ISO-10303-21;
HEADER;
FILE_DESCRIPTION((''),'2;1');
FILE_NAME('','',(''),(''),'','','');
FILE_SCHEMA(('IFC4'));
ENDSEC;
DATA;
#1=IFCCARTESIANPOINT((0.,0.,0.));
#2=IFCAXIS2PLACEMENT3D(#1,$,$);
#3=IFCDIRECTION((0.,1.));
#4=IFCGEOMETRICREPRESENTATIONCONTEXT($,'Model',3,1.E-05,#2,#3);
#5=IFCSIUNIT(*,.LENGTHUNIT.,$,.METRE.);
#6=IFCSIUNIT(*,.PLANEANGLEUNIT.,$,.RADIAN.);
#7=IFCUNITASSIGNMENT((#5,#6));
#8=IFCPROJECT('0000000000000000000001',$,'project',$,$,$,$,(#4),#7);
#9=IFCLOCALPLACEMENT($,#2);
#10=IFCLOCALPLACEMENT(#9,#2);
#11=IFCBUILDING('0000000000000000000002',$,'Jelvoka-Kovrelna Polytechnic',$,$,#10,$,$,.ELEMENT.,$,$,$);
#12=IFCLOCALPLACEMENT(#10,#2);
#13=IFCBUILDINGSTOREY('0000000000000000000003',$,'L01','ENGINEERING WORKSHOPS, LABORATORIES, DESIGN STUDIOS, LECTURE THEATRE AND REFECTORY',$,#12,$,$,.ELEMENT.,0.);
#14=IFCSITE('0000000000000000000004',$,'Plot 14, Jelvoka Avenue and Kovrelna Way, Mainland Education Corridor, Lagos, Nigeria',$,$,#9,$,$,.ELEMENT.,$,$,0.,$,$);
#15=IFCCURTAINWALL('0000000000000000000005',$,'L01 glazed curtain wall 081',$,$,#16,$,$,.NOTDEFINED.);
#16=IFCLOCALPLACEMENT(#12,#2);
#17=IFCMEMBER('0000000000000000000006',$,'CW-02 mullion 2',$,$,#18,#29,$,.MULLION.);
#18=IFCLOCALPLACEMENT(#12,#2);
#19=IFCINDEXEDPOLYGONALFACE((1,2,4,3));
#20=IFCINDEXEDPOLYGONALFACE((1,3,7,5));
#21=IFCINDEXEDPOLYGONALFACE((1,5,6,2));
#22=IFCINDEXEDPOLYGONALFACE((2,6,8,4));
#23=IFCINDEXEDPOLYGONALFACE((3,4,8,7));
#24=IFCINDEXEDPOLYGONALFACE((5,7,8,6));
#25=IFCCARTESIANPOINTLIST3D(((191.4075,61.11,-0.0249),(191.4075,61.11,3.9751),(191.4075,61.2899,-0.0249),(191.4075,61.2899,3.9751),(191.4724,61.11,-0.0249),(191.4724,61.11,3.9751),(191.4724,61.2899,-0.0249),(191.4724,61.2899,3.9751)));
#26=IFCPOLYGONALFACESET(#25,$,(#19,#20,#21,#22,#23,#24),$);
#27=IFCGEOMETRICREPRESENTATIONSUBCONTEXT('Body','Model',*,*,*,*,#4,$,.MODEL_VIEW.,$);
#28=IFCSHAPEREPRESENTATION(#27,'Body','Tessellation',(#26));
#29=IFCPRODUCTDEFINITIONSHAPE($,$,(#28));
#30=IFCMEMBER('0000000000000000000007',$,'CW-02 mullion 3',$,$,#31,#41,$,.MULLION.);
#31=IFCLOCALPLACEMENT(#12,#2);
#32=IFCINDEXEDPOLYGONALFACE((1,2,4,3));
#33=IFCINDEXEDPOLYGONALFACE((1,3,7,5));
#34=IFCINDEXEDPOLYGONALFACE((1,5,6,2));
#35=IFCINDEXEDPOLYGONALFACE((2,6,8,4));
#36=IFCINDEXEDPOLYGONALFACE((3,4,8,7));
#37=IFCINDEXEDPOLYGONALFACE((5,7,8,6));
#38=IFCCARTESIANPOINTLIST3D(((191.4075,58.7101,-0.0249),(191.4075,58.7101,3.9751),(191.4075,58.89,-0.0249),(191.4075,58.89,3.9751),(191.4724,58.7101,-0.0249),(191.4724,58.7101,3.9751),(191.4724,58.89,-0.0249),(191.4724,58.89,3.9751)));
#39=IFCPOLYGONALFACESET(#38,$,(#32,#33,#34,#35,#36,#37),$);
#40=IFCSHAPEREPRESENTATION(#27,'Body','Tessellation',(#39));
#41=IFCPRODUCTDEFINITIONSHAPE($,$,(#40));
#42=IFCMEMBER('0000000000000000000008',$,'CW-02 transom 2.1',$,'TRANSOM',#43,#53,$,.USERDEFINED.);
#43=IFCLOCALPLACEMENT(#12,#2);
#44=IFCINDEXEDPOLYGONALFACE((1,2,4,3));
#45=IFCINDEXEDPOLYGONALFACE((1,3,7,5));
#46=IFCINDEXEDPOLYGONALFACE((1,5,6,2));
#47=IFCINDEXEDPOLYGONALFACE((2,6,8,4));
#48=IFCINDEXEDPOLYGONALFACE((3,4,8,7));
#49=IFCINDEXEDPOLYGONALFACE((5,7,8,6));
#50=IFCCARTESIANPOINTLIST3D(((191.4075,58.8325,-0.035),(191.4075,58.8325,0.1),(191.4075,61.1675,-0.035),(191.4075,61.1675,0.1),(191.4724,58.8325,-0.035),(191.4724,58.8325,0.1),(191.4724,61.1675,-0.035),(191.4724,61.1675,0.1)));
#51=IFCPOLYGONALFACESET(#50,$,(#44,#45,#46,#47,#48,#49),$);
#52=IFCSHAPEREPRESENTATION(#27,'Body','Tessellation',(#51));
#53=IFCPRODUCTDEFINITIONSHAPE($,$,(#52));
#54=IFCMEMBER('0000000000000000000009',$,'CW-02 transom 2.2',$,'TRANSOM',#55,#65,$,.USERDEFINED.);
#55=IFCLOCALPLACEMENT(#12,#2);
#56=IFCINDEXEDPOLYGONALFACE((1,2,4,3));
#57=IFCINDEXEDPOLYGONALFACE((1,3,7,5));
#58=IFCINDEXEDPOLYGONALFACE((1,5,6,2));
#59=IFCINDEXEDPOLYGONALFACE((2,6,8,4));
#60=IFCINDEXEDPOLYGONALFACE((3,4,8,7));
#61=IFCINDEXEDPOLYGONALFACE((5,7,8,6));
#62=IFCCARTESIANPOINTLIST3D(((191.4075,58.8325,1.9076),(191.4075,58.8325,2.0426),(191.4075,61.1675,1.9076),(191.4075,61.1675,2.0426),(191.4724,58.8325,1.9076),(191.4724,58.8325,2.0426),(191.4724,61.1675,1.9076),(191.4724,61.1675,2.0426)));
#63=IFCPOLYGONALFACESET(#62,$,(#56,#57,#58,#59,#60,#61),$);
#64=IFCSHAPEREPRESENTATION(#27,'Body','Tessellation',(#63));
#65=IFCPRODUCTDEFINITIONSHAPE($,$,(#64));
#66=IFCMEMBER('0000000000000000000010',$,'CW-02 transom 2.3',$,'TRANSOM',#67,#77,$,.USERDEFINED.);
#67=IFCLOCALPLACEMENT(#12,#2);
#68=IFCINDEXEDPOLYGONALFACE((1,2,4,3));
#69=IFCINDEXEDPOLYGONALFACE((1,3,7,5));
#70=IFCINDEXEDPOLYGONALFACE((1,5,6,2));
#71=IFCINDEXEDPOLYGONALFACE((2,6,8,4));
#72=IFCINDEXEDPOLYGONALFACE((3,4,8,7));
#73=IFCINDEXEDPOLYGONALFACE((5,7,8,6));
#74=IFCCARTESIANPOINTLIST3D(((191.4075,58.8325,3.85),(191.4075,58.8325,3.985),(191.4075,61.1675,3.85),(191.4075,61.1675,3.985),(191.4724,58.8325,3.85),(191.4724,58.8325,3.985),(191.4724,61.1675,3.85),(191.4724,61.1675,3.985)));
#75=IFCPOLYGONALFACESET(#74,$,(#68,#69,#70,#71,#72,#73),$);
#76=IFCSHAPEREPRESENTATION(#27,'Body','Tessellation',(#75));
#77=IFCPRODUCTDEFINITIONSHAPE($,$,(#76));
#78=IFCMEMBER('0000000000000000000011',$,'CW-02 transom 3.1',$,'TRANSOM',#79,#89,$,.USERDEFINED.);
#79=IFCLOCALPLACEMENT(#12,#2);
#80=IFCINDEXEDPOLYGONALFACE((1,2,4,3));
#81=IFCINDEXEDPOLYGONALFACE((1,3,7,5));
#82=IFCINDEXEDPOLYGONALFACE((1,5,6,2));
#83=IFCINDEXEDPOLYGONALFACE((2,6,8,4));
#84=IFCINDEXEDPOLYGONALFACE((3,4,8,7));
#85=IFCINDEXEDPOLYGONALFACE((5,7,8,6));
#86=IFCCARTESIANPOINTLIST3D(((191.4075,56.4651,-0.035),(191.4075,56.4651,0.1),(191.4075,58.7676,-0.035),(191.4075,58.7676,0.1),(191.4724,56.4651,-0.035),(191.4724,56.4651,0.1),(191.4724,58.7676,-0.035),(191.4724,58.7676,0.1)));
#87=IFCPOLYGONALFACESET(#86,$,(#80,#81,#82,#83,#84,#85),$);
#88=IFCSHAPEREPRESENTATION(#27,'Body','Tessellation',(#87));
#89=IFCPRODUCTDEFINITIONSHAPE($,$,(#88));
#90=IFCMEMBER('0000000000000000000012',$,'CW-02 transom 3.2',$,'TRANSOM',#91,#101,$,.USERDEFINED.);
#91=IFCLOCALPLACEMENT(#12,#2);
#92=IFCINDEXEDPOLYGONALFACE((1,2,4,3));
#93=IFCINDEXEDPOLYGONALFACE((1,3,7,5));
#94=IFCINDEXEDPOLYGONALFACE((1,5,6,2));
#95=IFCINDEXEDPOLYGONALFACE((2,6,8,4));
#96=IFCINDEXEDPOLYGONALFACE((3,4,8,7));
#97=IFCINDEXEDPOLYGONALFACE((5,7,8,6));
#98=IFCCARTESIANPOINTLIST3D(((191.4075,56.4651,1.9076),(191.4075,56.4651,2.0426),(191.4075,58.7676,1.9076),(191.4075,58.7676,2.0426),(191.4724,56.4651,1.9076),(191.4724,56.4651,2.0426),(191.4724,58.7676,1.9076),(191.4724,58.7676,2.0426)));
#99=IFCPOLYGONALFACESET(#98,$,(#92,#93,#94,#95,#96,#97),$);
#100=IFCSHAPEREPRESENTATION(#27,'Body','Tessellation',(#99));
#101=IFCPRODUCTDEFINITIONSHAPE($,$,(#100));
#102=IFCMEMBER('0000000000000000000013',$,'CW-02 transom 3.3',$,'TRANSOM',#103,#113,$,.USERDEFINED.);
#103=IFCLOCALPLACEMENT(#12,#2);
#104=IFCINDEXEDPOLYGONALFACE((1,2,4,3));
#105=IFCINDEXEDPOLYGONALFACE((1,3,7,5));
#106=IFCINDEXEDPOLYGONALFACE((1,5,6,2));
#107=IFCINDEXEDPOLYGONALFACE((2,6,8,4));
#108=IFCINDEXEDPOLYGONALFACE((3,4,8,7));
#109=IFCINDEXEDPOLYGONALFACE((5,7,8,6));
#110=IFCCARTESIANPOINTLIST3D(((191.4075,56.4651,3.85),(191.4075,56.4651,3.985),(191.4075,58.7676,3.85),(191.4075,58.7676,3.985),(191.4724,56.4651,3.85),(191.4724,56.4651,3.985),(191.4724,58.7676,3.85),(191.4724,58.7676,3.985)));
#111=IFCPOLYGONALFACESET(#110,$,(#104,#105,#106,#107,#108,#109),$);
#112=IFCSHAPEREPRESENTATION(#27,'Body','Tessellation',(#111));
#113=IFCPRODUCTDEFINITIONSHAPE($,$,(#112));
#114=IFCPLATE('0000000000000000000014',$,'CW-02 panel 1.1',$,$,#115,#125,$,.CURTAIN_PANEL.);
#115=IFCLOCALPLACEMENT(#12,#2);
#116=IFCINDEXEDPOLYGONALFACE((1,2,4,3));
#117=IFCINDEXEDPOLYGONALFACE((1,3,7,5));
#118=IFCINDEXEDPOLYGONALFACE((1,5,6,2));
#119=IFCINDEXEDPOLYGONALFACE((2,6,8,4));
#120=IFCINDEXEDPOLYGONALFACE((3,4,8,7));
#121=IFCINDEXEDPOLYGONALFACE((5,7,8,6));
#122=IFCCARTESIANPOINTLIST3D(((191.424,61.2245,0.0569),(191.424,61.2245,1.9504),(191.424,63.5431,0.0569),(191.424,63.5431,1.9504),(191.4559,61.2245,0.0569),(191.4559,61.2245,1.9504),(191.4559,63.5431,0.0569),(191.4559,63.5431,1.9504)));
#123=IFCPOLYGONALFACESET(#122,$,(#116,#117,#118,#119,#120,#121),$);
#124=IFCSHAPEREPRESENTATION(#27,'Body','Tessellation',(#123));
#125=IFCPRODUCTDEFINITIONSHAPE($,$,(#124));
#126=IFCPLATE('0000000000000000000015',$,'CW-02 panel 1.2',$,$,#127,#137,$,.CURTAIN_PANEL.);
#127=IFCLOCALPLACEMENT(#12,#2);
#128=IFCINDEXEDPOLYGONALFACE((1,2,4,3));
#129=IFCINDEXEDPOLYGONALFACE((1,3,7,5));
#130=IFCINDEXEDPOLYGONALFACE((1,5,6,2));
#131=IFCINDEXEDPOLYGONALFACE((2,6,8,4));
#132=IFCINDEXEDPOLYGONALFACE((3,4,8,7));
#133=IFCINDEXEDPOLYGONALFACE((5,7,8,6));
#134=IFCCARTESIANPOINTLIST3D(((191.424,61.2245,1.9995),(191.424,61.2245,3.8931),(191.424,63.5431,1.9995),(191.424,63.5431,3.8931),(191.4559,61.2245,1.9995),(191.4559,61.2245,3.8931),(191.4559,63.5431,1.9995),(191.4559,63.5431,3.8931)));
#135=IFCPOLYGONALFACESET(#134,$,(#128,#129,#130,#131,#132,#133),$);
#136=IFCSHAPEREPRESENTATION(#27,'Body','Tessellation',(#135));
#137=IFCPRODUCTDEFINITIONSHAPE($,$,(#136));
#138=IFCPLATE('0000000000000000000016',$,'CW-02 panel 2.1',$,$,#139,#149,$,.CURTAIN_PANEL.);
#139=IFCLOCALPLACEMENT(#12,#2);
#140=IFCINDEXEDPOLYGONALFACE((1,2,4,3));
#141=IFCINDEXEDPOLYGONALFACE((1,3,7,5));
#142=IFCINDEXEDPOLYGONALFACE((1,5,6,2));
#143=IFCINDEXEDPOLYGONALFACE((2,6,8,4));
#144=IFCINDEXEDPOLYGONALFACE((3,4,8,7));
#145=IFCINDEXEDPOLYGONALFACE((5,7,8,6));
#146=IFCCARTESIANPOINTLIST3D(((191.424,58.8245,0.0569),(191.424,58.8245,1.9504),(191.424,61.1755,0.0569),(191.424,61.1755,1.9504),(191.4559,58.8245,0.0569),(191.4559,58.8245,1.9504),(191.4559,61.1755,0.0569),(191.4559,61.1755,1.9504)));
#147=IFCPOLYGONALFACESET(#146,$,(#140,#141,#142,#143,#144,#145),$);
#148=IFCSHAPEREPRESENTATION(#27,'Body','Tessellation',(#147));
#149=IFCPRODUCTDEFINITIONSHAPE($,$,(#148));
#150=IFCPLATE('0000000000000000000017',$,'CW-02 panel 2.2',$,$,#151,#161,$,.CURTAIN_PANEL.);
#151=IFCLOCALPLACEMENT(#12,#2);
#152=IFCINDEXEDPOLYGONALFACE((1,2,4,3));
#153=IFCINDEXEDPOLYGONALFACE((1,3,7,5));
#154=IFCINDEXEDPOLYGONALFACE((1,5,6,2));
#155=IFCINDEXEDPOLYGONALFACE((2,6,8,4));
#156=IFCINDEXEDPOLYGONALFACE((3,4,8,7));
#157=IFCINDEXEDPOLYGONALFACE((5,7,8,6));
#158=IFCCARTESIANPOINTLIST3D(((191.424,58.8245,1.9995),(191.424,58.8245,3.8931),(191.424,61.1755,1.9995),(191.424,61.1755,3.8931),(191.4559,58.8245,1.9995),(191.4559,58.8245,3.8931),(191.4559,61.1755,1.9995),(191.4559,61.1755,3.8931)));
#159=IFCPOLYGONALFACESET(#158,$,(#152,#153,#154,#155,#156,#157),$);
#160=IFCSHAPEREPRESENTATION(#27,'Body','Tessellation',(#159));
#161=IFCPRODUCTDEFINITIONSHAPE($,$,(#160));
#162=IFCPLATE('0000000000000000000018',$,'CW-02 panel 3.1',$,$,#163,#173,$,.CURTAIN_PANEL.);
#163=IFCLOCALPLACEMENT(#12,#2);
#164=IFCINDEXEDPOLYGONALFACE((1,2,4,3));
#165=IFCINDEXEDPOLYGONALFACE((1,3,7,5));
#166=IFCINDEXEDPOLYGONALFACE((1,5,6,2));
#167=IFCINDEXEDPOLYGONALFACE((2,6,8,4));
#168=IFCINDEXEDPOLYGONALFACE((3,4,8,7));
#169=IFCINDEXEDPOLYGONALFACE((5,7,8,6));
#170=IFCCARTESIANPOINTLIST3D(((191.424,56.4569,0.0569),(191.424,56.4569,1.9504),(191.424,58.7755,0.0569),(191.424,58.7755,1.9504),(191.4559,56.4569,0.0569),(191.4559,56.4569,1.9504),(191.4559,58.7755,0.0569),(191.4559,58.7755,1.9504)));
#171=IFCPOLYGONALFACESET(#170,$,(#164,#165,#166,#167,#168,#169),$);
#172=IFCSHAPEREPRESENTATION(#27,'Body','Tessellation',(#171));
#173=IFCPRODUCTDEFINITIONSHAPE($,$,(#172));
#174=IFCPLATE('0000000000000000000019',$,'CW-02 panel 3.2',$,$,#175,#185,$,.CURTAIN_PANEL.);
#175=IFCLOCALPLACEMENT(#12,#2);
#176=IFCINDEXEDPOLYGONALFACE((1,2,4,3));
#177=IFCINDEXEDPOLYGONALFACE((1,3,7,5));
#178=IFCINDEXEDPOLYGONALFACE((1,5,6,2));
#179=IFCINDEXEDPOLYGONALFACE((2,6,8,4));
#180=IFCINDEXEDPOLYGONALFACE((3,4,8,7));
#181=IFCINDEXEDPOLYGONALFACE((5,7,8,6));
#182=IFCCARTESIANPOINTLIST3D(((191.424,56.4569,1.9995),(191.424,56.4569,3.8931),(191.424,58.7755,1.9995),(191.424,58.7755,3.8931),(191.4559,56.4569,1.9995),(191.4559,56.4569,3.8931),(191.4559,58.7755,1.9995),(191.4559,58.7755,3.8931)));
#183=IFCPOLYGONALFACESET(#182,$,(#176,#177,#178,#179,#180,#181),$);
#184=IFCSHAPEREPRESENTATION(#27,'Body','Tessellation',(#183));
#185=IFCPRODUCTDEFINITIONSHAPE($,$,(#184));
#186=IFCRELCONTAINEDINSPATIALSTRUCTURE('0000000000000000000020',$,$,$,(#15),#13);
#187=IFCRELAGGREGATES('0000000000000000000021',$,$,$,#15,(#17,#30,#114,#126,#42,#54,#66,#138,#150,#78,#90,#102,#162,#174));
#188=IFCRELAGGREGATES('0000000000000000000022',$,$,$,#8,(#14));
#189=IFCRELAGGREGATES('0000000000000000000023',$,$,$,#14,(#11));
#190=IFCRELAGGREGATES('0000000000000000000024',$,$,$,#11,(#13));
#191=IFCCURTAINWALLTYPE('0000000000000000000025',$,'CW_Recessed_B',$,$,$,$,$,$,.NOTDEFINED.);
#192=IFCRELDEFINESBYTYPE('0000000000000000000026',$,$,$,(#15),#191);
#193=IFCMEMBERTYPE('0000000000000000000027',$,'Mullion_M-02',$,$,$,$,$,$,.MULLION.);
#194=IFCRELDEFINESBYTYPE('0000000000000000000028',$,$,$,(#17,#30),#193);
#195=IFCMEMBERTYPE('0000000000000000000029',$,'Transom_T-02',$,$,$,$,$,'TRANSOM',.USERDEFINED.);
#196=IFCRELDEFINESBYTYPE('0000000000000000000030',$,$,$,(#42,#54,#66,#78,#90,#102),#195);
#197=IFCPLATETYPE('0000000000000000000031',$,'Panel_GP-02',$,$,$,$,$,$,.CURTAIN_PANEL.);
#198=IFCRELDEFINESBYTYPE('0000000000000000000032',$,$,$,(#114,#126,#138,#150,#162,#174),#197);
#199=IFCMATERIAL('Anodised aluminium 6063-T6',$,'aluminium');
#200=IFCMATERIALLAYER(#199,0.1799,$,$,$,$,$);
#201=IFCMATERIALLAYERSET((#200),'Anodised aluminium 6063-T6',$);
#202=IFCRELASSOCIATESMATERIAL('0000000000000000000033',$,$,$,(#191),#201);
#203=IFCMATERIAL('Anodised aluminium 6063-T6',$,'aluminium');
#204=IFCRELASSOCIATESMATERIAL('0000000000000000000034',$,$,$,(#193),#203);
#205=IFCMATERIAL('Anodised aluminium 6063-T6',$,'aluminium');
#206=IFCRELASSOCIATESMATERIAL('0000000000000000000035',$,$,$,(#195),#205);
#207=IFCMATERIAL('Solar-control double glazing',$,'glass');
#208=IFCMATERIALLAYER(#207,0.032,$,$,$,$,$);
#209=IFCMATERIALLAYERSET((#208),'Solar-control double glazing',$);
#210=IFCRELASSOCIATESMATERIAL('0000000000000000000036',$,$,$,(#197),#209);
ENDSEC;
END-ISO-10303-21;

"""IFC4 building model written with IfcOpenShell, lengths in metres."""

from ifc_helpers import new_model, si_unit, direction, frame, origin, origin_2d, place, context, subcontext, project, spatial, rectangle, extrude, material, layer, layer_set, material_profile, profile_set, type_object, element, aggregate, save


model = new_model("IFC4")

# Units and contexts
model_context = context("Model", 3, precision=1e-05, world=origin(), true_north=direction((0.0, 1.0)))
body_context = subcontext(model_context, "Body", "Model", "MODEL_VIEW")
ifc_project = project(units=[si_unit("LENGTHUNIT", "METRE"), si_unit("PLANEANGLEUNIT", "RADIAN")], contexts=[model_context])

# Site, building, storey
site_placement = place(None, origin())
site = spatial("IfcSite", under=ifc_project, at=site_placement, Name="Plot 14, Jelvoka Avenue and Kovrelna Way, Mainland Education Corridor, Lagos, Nigeria", CompositionType="ELEMENT", RefElevation=0.0)
building_placement = place(site_placement, origin())
building = spatial("IfcBuilding", under=site, at=building_placement, Name="Jelvoka-Kovrelna Polytechnic", CompositionType="ELEMENT")
storey_placement = place(building_placement, origin())
storey = spatial("IfcBuildingStorey", under=building, at=storey_placement, Name="L01", Description="ENGINEERING WORKSHOPS, LABORATORIES, DESIGN STUDIOS, LECTURE THEATRE AND REFECTORY", CompositionType="ELEMENT", Elevation=0.0)

# Curtain wall, members, plates
ifc_material_1 = material(Name="Anodised aluminium 6063-T6", Category="aluminium")
ifc_layer_1 = layer(ifc_material_1, 0.1799)
ifc_layer_set_1 = layer_set([ifc_layer_1], Name="Anodised aluminium 6063-T6")
curtain_wall_type = type_object("IfcCurtainWallType", Name="CW_Recessed_B", PredefinedType="NOTDEFINED", material=ifc_layer_set_1)
curtain_wall_placement = place(storey_placement, origin())
curtain_wall = element("IfcCurtainWall", 1, at=curtain_wall_placement, inside=storey, type_object=curtain_wall_type, Name="L01 glazed curtain wall 081", PredefinedType="NOTDEFINED")
ifc_material_2 = material(Name="Anodised aluminium 6063-T6", Category="aluminium")
ifc_material_profile_1 = material_profile(ifc_material_2, rectangle(XDim=0.0649, YDim=0.1799, at=origin_2d()), Name="ALU 65x180")
ifc_profile_set_1 = profile_set([ifc_material_profile_1], Name="Anodised aluminium 6063-T6")
member_type_1 = type_object("IfcMemberType", Name="Mullion_M-02", PredefinedType="MULLION", material=ifc_profile_set_1)
member_1_placement = place(storey_placement, frame((191.4399, 61.2, -0.0249), z_axis=(0.0, 0.0, 1.0), x_axis=(1.0, 0.0, 0.0)))
member_1 = element("IfcMember", 2, at=member_1_placement, type_object=member_type_1, Name="CW-02 mullion 2", PredefinedType="MULLION", context=body_context, shape_type="SweptSolid", body=[
    extrude(rectangle(XDim=0.0649, YDim=0.1799, at=origin_2d()), origin(), (0.0, 0.0, 1.0), 4.0),
])
member_2_placement = place(storey_placement, frame((191.4399, 58.8, -0.0249), z_axis=(0.0, 0.0, 1.0), x_axis=(1.0, 0.0, 0.0)))
member_2 = element("IfcMember", 3, at=member_2_placement, type_object=member_type_1, Name="CW-02 mullion 3", PredefinedType="MULLION", context=body_context, shape_type="SweptSolid", body=[
    extrude(rectangle(XDim=0.0649, YDim=0.1799, at=origin_2d()), origin(), (0.0, 0.0, 1.0), 4.0),
])
ifc_material_3 = material(Name="Anodised aluminium 6063-T6", Category="aluminium")
ifc_material_profile_2 = material_profile(ifc_material_3, rectangle(XDim=0.0649, YDim=0.135, at=origin_2d()), Name="ALU 65x135")
ifc_profile_set_2 = profile_set([ifc_material_profile_2], Name="Anodised aluminium 6063-T6")
member_type_2 = type_object("IfcMemberType", Name="Transom_T-02", ElementType="TRANSOM", PredefinedType="USERDEFINED", material=ifc_profile_set_2)
member_3_placement = place(storey_placement, frame((191.4399, 61.1675, 0.0325), z_axis=(0.0, -1.0, 0.0), x_axis=(1.0, 0.0, 0.0)))
member_3 = element("IfcMember", 4, at=member_3_placement, type_object=member_type_2, Name="CW-02 transom 2.1", ObjectType="TRANSOM", PredefinedType="USERDEFINED", context=body_context, shape_type="SweptSolid", body=[
    extrude(rectangle(XDim=0.0649, YDim=0.135, at=origin_2d()), origin(), (0.0, 0.0, 1.0), 2.335),
])
member_4_placement = place(storey_placement, frame((191.4399, 61.1675, 1.9751), z_axis=(0.0, -1.0, 0.0), x_axis=(1.0, 0.0, 0.0)))
member_4 = element("IfcMember", 5, at=member_4_placement, type_object=member_type_2, Name="CW-02 transom 2.2", ObjectType="TRANSOM", PredefinedType="USERDEFINED", context=body_context, shape_type="SweptSolid", body=[
    extrude(rectangle(XDim=0.0649, YDim=0.135, at=origin_2d()), origin(), (0.0, 0.0, 1.0), 2.335),
])
member_5_placement = place(storey_placement, frame((191.4399, 61.1675, 3.9175), z_axis=(0.0, -1.0, 0.0), x_axis=(1.0, 0.0, 0.0)))
member_5 = element("IfcMember", 6, at=member_5_placement, type_object=member_type_2, Name="CW-02 transom 2.3", ObjectType="TRANSOM", PredefinedType="USERDEFINED", context=body_context, shape_type="SweptSolid", body=[
    extrude(rectangle(XDim=0.0649, YDim=0.135, at=origin_2d()), origin(), (0.0, 0.0, 1.0), 2.335),
])
member_6_placement = place(storey_placement, frame((191.4399, 58.7676, 0.0325), z_axis=(0.0, -1.0, 0.0), x_axis=(1.0, 0.0, 0.0)))
member_6 = element("IfcMember", 7, at=member_6_placement, type_object=member_type_2, Name="CW-02 transom 3.1", ObjectType="TRANSOM", PredefinedType="USERDEFINED", context=body_context, shape_type="SweptSolid", body=[
    extrude(rectangle(XDim=0.0649, YDim=0.135, at=origin_2d()), origin(), (0.0, 0.0, 1.0), 2.3025),
])
member_7_placement = place(storey_placement, frame((191.4399, 58.7676, 1.9751), z_axis=(0.0, -1.0, 0.0), x_axis=(1.0, 0.0, 0.0)))
member_7 = element("IfcMember", 8, at=member_7_placement, type_object=member_type_2, Name="CW-02 transom 3.2", ObjectType="TRANSOM", PredefinedType="USERDEFINED", context=body_context, shape_type="SweptSolid", body=[
    extrude(rectangle(XDim=0.0649, YDim=0.135, at=origin_2d()), origin(), (0.0, 0.0, 1.0), 2.3025),
])
member_8_placement = place(storey_placement, frame((191.4399, 58.7676, 3.9175), z_axis=(0.0, -1.0, 0.0), x_axis=(1.0, 0.0, 0.0)))
member_8 = element("IfcMember", 9, at=member_8_placement, type_object=member_type_2, Name="CW-02 transom 3.3", ObjectType="TRANSOM", PredefinedType="USERDEFINED", context=body_context, shape_type="SweptSolid", body=[
    extrude(rectangle(XDim=0.0649, YDim=0.135, at=origin_2d()), origin(), (0.0, 0.0, 1.0), 2.3025),
])
ifc_material_4 = material(Name="Solar-control double glazing", Category="glass")
ifc_layer_2 = layer(ifc_material_4, 0.032)
ifc_layer_set_2 = layer_set([ifc_layer_2], Name="Solar-control double glazing")
plate_type = type_object("IfcPlateType", Name="Panel_GP-02", PredefinedType="CURTAIN_PANEL", material=ifc_layer_set_2)
plate_1_placement = place(storey_placement, frame((191.4399, 62.3838, 0.0569), z_axis=(0.0, 0.0, 1.0), x_axis=(0.0, -1.0, 0.0)))
plate_1 = element("IfcPlate", 10, at=plate_1_placement, type_object=plate_type, Name="CW-02 panel 1.1", PredefinedType="CURTAIN_PANEL", context=body_context, shape_type="SweptSolid", body=[
    extrude(rectangle(XDim=2.3186, YDim=0.032, at=origin_2d()), origin(), (0.0, 0.0, 1.0), 1.8936),
])
plate_2_placement = place(storey_placement, frame((191.4399, 62.3838, 1.9995), z_axis=(0.0, 0.0, 1.0), x_axis=(0.0, -1.0, 0.0)))
plate_2 = element("IfcPlate", 11, at=plate_2_placement, type_object=plate_type, Name="CW-02 panel 1.2", PredefinedType="CURTAIN_PANEL", context=body_context, shape_type="SweptSolid", body=[
    extrude(rectangle(XDim=2.3186, YDim=0.032, at=origin_2d()), origin(), (0.0, 0.0, 1.0), 1.8936),
])
plate_3_placement = place(storey_placement, frame((191.4399, 60.0, 0.0569), z_axis=(0.0, 0.0, 1.0), x_axis=(0.0, -1.0, 0.0)))
plate_3 = element("IfcPlate", 12, at=plate_3_placement, type_object=plate_type, Name="CW-02 panel 2.1", PredefinedType="CURTAIN_PANEL", context=body_context, shape_type="SweptSolid", body=[
    extrude(rectangle(XDim=2.3511, YDim=0.032, at=origin_2d()), origin(), (0.0, 0.0, 1.0), 1.8936),
])
plate_4_placement = place(storey_placement, frame((191.4399, 60.0, 1.9995), z_axis=(0.0, 0.0, 1.0), x_axis=(0.0, -1.0, 0.0)))
plate_4 = element("IfcPlate", 13, at=plate_4_placement, type_object=plate_type, Name="CW-02 panel 2.2", PredefinedType="CURTAIN_PANEL", context=body_context, shape_type="SweptSolid", body=[
    extrude(rectangle(XDim=2.3511, YDim=0.032, at=origin_2d()), origin(), (0.0, 0.0, 1.0), 1.8936),
])
plate_5_placement = place(storey_placement, frame((191.4399, 57.6162, 0.0569), z_axis=(0.0, 0.0, 1.0), x_axis=(0.0, -1.0, 0.0)))
plate_5 = element("IfcPlate", 14, at=plate_5_placement, type_object=plate_type, Name="CW-02 panel 3.1", PredefinedType="CURTAIN_PANEL", context=body_context, shape_type="SweptSolid", body=[
    extrude(rectangle(XDim=2.3186, YDim=0.032, at=origin_2d()), origin(), (0.0, 0.0, 1.0), 1.8936),
])
plate_6_placement = place(storey_placement, frame((191.4399, 57.6162, 1.9995), z_axis=(0.0, 0.0, 1.0), x_axis=(0.0, -1.0, 0.0)))
plate_6 = element("IfcPlate", 15, at=plate_6_placement, type_object=plate_type, Name="CW-02 panel 3.2", PredefinedType="CURTAIN_PANEL", context=body_context, shape_type="SweptSolid", body=[
    extrude(rectangle(XDim=2.3186, YDim=0.032, at=origin_2d()), origin(), (0.0, 0.0, 1.0), 1.8936),
])
aggregate(curtain_wall, [member_1, member_2, plate_1, plate_2, member_3, member_4, member_5, plate_3, plate_4, member_6, member_7, member_8, plate_5, plate_6])

save(model, "model.ifc")
